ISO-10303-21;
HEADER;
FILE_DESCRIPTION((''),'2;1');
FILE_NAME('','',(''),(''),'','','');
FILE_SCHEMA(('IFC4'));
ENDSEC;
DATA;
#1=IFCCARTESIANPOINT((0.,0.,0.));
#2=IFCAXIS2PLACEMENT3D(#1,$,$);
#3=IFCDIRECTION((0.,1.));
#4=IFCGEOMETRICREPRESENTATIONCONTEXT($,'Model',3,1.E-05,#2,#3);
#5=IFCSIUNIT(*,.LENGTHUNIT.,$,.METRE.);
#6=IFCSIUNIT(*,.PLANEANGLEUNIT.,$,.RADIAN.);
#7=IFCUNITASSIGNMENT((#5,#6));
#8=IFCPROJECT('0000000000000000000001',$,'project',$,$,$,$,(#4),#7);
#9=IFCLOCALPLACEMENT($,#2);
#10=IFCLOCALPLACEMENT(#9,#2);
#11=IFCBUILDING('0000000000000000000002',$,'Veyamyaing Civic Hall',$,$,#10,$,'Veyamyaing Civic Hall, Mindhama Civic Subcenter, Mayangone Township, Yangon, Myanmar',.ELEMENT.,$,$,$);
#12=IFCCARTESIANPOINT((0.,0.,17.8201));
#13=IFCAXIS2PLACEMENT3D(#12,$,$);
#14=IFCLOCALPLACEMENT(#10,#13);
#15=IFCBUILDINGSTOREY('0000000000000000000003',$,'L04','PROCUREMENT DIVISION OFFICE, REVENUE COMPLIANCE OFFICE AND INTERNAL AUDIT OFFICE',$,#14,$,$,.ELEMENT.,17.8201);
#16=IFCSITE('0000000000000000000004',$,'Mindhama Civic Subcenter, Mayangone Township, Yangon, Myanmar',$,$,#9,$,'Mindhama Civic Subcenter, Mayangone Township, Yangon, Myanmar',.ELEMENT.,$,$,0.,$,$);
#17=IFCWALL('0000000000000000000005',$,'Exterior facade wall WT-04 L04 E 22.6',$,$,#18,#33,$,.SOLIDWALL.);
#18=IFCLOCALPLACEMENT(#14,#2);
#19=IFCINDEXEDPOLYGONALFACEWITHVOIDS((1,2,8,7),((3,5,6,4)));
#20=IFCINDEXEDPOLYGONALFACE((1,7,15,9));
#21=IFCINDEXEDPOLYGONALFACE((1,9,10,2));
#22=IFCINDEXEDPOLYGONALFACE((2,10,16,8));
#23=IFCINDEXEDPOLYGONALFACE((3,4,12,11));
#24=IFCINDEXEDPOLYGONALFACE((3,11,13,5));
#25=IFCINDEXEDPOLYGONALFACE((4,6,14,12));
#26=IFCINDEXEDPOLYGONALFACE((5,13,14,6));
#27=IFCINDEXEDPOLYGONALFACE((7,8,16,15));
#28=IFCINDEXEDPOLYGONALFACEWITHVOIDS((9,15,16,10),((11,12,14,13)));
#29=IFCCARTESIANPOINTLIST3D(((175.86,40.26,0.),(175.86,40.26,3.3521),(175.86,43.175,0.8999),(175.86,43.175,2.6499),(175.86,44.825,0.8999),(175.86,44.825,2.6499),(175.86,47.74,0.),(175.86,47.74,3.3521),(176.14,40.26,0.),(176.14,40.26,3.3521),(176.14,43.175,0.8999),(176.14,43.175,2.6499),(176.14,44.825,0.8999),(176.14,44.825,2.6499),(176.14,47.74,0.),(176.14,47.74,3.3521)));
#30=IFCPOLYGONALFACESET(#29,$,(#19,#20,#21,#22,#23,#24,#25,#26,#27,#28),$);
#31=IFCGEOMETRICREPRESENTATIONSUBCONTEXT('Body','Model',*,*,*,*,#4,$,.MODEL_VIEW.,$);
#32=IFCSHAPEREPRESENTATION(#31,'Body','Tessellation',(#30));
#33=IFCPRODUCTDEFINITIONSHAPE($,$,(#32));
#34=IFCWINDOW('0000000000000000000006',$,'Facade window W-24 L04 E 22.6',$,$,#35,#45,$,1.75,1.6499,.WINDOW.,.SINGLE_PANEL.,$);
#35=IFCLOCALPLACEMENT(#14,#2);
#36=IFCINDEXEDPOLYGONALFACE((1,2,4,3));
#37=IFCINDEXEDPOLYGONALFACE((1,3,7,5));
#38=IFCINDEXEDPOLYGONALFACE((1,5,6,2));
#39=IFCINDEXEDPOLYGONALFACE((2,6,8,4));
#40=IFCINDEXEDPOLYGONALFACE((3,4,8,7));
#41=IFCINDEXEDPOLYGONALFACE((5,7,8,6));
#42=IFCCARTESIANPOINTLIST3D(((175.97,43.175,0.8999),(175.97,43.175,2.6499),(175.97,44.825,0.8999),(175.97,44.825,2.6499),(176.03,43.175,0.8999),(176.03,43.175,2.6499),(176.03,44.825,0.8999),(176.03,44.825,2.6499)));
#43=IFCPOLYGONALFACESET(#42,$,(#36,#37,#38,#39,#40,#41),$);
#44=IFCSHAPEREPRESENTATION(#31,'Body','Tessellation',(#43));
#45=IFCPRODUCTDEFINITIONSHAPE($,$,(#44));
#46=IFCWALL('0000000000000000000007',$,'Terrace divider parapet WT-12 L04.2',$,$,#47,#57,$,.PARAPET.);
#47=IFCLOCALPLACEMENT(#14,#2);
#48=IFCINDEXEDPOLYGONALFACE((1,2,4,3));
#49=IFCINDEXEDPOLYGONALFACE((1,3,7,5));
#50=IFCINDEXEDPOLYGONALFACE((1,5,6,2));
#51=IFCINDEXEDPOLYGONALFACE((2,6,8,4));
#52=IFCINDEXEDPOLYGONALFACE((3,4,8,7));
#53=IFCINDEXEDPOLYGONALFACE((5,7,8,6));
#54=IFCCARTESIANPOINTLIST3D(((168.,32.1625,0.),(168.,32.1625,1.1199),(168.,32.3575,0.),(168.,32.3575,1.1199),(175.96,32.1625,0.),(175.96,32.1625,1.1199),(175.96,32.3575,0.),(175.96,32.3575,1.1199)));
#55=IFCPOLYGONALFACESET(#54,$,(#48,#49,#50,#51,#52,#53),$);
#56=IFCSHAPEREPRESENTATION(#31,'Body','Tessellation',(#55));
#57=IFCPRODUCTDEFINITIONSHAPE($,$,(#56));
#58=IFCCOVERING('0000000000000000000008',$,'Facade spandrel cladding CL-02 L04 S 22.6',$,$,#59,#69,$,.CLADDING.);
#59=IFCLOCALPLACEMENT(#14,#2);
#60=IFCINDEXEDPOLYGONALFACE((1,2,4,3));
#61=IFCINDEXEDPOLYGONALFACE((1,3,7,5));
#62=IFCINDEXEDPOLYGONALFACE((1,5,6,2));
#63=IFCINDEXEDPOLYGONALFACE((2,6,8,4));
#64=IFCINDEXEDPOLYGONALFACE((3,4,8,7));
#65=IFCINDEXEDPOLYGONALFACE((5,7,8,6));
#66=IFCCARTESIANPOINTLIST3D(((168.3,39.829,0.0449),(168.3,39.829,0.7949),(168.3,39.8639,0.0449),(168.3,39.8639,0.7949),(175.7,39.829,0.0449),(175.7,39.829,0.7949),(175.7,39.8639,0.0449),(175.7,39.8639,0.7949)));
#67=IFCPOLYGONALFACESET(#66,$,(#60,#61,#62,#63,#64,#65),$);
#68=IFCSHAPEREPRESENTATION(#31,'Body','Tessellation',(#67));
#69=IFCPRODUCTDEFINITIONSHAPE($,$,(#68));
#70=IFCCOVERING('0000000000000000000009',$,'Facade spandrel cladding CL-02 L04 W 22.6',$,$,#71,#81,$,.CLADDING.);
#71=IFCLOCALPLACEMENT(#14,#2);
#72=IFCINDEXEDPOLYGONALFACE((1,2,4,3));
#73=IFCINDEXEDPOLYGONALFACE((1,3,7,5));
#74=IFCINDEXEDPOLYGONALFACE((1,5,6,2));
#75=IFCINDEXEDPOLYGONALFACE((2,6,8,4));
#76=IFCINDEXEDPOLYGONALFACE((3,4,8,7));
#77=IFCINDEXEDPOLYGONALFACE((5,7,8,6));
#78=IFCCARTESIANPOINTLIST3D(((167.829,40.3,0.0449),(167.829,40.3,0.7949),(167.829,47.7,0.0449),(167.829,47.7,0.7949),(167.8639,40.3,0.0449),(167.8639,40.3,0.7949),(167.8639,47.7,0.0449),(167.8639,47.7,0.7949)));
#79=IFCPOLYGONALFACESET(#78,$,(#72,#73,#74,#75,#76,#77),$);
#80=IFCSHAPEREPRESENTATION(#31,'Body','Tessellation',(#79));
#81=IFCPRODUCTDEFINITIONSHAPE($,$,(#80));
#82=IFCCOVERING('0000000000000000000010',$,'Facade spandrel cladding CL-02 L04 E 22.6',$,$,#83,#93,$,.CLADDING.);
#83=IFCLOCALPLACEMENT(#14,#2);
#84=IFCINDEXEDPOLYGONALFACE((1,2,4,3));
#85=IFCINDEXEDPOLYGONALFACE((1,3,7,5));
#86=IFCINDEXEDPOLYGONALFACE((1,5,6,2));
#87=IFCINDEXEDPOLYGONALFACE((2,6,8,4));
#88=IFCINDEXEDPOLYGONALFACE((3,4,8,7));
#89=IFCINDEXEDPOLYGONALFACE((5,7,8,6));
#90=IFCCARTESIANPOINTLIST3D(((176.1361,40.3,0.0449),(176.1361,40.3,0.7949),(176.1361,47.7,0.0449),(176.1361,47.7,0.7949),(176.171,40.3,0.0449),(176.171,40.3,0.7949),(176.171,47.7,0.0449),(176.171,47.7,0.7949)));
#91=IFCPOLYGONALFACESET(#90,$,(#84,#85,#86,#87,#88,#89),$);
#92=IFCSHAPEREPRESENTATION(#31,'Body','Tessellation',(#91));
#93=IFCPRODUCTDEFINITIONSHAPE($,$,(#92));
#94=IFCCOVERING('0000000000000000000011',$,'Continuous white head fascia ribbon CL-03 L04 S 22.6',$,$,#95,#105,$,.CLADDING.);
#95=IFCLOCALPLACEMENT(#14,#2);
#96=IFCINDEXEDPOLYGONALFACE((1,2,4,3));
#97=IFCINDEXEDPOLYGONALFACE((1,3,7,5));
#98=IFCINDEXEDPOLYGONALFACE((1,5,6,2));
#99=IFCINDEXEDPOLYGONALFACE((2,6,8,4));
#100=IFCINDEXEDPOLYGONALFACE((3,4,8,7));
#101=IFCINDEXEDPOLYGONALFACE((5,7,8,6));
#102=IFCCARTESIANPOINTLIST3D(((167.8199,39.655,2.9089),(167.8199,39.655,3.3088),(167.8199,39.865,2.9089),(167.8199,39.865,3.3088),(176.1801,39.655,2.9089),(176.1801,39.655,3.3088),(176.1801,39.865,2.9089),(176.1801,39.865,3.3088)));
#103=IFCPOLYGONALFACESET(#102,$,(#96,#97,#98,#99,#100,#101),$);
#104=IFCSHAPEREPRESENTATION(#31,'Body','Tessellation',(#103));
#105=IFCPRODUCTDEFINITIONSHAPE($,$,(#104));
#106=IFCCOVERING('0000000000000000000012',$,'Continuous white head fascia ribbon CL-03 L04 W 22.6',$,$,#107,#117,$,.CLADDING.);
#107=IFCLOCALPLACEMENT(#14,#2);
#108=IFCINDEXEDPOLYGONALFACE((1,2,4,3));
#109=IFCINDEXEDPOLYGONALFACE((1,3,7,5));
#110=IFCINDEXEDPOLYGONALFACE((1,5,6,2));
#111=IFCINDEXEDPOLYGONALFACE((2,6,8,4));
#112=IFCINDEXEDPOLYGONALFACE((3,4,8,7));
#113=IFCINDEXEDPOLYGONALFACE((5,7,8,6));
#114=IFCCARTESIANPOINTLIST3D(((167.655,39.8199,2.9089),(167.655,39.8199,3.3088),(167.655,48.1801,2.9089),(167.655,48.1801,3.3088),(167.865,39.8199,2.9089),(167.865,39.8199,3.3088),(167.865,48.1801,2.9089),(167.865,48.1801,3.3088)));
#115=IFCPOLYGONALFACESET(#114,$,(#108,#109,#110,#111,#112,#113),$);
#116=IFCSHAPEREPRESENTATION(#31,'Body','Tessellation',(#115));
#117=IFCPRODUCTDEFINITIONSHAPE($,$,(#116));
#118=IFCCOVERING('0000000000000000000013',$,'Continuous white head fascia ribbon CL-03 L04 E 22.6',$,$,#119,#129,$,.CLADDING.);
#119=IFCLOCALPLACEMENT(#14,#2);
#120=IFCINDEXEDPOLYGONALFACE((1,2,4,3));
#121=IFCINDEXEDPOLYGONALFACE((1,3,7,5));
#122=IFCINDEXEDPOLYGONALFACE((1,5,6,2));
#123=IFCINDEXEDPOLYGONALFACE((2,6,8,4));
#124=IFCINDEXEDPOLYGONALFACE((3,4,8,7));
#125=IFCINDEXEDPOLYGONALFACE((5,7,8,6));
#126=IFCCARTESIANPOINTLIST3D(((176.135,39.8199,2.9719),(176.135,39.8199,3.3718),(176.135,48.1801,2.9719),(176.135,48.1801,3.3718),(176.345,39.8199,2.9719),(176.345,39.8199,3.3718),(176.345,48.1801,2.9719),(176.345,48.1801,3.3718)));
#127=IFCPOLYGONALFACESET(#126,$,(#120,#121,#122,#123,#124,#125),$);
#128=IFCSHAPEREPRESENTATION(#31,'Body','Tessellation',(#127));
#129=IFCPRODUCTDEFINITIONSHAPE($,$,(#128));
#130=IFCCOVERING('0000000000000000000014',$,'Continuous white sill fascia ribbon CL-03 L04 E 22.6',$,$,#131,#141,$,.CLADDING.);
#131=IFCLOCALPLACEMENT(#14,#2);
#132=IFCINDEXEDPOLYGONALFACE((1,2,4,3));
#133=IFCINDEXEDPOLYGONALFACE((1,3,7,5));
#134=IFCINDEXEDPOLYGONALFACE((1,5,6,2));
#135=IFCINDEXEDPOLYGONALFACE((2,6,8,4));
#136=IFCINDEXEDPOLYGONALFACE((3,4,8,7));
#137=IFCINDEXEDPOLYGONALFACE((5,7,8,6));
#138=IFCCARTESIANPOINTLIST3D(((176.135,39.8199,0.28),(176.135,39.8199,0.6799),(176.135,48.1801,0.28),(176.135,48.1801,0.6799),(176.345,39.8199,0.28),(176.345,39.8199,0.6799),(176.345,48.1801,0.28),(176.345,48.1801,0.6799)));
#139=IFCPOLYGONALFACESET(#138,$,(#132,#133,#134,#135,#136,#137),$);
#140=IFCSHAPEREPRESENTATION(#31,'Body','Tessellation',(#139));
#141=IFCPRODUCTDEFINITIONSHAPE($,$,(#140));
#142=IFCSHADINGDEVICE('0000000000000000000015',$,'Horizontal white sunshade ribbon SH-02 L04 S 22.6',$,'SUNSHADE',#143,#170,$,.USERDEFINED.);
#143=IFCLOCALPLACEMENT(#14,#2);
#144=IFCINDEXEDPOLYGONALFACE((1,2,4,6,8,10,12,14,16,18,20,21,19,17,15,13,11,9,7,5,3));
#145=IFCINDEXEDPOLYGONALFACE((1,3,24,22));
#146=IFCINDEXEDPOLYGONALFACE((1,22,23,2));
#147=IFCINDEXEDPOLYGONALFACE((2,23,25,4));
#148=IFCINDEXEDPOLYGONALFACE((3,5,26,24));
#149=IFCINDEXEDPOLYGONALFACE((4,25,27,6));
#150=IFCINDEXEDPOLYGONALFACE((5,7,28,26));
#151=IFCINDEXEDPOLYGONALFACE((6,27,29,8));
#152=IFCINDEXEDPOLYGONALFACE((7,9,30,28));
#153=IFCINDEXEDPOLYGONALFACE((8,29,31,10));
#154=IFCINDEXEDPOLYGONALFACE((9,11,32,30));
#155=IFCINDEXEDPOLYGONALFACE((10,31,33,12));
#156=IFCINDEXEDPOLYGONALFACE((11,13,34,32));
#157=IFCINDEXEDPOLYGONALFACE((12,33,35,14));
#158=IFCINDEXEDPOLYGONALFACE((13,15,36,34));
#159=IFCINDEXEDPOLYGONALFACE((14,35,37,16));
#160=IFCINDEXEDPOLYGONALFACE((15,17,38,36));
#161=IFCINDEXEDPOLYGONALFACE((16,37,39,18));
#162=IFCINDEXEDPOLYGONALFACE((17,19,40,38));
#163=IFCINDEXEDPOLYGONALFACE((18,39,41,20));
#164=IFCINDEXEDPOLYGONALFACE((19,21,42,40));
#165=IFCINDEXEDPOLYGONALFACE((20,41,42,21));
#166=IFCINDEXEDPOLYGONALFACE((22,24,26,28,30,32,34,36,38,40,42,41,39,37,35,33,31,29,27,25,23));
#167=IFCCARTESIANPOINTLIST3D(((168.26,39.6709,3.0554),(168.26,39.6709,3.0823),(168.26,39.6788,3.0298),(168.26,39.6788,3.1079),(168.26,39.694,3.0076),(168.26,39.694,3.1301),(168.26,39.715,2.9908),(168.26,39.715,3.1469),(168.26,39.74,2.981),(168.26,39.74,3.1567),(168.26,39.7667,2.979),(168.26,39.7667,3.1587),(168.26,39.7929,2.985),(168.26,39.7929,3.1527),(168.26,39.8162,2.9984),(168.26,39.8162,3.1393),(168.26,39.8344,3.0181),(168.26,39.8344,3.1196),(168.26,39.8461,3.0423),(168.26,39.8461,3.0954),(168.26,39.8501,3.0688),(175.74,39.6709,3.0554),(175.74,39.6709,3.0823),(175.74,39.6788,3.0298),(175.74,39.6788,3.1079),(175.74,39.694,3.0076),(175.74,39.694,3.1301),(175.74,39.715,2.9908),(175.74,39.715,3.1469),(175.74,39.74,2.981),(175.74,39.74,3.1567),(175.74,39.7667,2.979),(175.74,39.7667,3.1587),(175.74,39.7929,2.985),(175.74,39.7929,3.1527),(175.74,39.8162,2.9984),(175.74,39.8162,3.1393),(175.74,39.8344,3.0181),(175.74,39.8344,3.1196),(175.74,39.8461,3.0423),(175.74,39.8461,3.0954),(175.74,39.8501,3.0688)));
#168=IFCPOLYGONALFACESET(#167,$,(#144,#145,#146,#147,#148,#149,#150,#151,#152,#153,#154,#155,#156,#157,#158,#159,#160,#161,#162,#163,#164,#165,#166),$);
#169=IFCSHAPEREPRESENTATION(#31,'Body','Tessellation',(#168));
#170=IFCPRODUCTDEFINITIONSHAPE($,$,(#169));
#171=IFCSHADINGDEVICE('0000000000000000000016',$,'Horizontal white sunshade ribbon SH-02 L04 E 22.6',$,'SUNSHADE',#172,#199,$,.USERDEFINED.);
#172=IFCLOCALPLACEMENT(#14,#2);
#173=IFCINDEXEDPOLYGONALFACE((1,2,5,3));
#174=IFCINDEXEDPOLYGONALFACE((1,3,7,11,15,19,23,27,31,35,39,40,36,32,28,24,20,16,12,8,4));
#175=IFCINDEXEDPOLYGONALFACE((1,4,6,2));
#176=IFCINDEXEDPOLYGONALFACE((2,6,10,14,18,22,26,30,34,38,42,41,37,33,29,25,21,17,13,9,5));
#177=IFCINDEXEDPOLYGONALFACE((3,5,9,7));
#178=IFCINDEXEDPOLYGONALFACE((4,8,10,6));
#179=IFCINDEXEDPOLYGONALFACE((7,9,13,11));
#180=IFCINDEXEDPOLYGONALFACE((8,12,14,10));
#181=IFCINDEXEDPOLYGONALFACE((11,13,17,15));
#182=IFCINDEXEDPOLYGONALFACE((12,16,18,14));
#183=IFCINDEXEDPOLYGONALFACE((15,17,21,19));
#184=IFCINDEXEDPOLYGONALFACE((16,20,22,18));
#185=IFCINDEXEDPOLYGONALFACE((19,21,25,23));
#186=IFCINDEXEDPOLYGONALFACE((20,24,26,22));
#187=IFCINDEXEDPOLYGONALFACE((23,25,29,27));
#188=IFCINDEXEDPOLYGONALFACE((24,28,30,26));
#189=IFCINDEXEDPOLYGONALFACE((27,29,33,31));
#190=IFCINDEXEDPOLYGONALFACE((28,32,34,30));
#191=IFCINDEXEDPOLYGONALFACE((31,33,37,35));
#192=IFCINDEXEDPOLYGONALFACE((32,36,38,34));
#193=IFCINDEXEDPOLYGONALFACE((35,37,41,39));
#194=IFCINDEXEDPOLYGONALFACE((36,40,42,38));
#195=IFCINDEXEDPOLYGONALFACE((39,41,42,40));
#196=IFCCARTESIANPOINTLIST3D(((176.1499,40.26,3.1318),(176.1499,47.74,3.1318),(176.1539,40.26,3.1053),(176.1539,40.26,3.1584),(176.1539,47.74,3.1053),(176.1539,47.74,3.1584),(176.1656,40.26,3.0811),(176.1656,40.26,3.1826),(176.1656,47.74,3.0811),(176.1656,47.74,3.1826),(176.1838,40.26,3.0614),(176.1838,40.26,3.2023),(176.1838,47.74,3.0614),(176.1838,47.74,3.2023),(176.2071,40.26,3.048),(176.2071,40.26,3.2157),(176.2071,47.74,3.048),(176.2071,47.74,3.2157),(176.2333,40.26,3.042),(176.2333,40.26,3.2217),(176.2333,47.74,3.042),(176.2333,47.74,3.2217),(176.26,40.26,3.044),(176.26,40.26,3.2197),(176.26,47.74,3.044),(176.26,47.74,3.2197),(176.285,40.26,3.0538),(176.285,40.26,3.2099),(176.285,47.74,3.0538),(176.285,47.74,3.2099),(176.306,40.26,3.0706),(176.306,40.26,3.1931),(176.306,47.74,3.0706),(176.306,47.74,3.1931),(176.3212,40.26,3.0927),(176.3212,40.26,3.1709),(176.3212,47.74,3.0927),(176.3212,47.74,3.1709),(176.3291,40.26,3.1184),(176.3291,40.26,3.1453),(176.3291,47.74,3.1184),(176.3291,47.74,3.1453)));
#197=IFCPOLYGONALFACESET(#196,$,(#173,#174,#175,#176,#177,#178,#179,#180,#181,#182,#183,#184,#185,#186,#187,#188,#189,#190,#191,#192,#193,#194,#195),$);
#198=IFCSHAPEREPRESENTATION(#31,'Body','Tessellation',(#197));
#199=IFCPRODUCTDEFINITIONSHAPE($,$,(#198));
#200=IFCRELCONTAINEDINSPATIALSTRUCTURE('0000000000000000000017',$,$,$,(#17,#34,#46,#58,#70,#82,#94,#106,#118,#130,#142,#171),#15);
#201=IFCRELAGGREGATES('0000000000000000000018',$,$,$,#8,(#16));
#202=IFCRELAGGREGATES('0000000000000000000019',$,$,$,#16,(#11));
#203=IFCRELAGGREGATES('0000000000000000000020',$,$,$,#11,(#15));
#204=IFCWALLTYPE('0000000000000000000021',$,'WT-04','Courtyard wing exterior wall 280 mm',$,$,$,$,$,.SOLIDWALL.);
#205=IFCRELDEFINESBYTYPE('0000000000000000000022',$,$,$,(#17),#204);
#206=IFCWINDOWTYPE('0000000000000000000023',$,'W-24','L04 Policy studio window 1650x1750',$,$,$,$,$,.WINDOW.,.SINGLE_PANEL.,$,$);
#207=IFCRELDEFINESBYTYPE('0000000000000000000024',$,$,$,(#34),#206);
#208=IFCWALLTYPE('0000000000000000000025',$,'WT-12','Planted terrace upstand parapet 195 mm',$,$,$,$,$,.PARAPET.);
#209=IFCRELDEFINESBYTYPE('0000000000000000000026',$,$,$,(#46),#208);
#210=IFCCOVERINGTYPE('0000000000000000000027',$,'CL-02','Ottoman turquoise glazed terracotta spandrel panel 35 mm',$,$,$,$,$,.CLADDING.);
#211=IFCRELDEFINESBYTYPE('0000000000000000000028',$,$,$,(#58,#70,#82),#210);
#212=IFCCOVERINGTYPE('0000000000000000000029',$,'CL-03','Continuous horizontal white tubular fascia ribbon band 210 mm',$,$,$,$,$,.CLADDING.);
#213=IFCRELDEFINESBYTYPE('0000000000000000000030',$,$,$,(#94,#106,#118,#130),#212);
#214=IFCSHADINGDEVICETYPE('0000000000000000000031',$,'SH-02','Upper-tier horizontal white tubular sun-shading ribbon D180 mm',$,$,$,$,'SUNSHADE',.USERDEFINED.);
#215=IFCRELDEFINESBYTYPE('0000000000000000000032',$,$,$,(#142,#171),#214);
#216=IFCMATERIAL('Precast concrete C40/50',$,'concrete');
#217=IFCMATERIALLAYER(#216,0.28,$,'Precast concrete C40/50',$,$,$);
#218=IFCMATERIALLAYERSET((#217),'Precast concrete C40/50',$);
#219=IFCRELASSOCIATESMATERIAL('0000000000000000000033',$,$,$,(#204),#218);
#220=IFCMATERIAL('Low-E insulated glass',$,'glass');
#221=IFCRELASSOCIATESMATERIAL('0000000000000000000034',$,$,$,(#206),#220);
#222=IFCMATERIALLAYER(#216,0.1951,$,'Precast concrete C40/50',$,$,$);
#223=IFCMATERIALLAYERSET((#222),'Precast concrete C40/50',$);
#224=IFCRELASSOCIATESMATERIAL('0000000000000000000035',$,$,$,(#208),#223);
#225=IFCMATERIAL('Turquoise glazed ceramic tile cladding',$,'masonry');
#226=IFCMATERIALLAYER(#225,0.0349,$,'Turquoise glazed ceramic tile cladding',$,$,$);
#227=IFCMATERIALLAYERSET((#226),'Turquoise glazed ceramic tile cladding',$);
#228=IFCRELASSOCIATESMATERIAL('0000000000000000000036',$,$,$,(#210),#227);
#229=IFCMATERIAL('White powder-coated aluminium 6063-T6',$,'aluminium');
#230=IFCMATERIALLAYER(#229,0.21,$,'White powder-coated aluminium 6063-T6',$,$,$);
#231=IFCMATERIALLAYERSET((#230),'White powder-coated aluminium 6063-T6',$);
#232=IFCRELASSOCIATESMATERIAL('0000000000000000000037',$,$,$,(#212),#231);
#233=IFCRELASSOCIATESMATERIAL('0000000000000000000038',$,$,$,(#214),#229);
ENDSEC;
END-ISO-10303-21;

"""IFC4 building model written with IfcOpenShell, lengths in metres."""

from ifc_helpers import new_model, si_unit, direction, frame, frame_2d, origin, origin_2d, place, context, subcontext, project, spatial, rectangle, circle, extrude, material, layer, layer_set, material_profile, profile_set, type_object, element, fill, save


model = new_model("IFC4")

# Units and contexts
model_context = context("Model", 3, precision=1e-05, world=origin(), true_north=direction((0.0, 1.0)))
body_context = subcontext(model_context, "Body", "Model", "MODEL_VIEW")
ifc_project = project(units=[si_unit("LENGTHUNIT", "METRE"), si_unit("PLANEANGLEUNIT", "RADIAN")], contexts=[model_context])

# Site, building, storey
site_placement = place(None, origin())
site = spatial("IfcSite", under=ifc_project, at=site_placement, Name="Mindhama Civic Subcenter, Mayangone Township, Yangon, Myanmar", LongName="Mindhama Civic Subcenter, Mayangone Township, Yangon, Myanmar", CompositionType="ELEMENT", RefElevation=0.0)
building_placement = place(site_placement, origin())
building = spatial("IfcBuilding", under=site, at=building_placement, Name="Veyamyaing Civic Hall", LongName="Veyamyaing Civic Hall, Mindhama Civic Subcenter, Mayangone Township, Yangon, Myanmar", CompositionType="ELEMENT")
storey_placement = place(building_placement, frame((0.0, 0.0, 17.8201)))
storey = spatial("IfcBuildingStorey", under=building, at=storey_placement, Name="L04", Description="PROCUREMENT DIVISION OFFICE, REVENUE COMPLIANCE OFFICE AND INTERNAL AUDIT OFFICE", CompositionType="ELEMENT", Elevation=17.8201)

# Shared definitions
ifc_material_1 = material(Name="Precast concrete C40/50", Category="concrete")
ifc_layer_1 = layer(ifc_material_1, 0.28, Name="Precast concrete C40/50")
ifc_layer_set_1 = layer_set([ifc_layer_1], Name="Precast concrete C40/50")
wall_type_1 = type_object("IfcWallType", Name="WT-04", Description="Courtyard wing exterior wall 280 mm", PredefinedType="SOLIDWALL", material=ifc_layer_set_1)

# Wall, opening, window
wall_1_placement = place(storey_placement, frame((176.0, 40.26, 0.0), z_axis=(0.0, 0.0, 1.0), x_axis=(0.0, 1.0, 0.0)))
wall_1 = element("IfcWall", 1, at=wall_1_placement, inside=storey, type_object=wall_type_1, Name="Exterior facade wall WT-04 L04 E 22.6", PredefinedType="SOLIDWALL", context=body_context, shape_type="SweptSolid", body=[
    extrude(rectangle(XDim=7.48, YDim=0.28, at=frame_2d((3.74, 0.0))), origin(), (0.0, 0.0, 1.0), 3.3521),
])
opening_1_placement = place(wall_1_placement, frame((2.915, 0.0, 0.8999)))
opening_1 = element("IfcOpeningElement", 2, at=opening_1_placement, cuts=wall_1, PredefinedType="OPENING", context=body_context, shape_type="SweptSolid", body=[
    extrude(rectangle(XDim=1.6499, YDim=1.75, at=frame_2d((0.825, 0.875))), frame((0.0, 0.1499, 0.0), z_axis=(0.0, -1.0, 0.0), x_axis=(1.0, 0.0, 0.0)), (0.0, 0.0, 1.0), 0.3),
])
ifc_material_2 = material(Name="Low-E insulated glass", Category="glass")
window_type = type_object("IfcWindowType", Name="W-24", Description="L04 Policy studio window 1650x1750", PartitioningType="SINGLE_PANEL", PredefinedType="WINDOW", material=ifc_material_2)
window_placement = place(opening_1_placement, origin())
window = element("IfcWindow", 3, at=window_placement, inside=storey, type_object=window_type, Name="Facade window W-24 L04 E 22.6", OverallHeight=1.75, OverallWidth=1.6499, PartitioningType="SINGLE_PANEL", PredefinedType="WINDOW", context=body_context, shape_type="SweptSolid", body=[
    extrude(rectangle(XDim=1.6499, YDim=1.75, at=frame_2d((0.825, 0.875))), frame((0.0, 0.03, 0.0), z_axis=(0.0, -1.0, 0.0), x_axis=(1.0, 0.0, 0.0)), (0.0, 0.0, 1.0), 0.0601),
])
fill(opening_1, window)

# Wall
ifc_layer_2 = layer(ifc_material_1, 0.1951, Name="Precast concrete C40/50")
ifc_layer_set_2 = layer_set([ifc_layer_2], Name="Precast concrete C40/50")
wall_type_2 = type_object("IfcWallType", Name="WT-12", Description="Planted terrace upstand parapet 195 mm", PredefinedType="PARAPET", material=ifc_layer_set_2)
wall_2_placement = place(storey_placement, frame((168.0, 32.26, 0.0), z_axis=(0.0, 0.0, 1.0), x_axis=(1.0, 0.0, 0.0)))
element("IfcWall", 4, at=wall_2_placement, inside=storey, type_object=wall_type_2, Name="Terrace divider parapet WT-12 L04.2", PredefinedType="PARAPET", context=body_context, shape_type="SweptSolid", body=[
    extrude(rectangle(XDim=7.96, YDim=0.1951, at=frame_2d((3.98, 0.0))), origin(), (0.0, 0.0, 1.0), 1.1199),
])

# Coverings
ifc_material_3 = material(Name="Turquoise glazed ceramic tile cladding", Category="masonry")
ifc_layer_3 = layer(ifc_material_3, 0.0349, Name="Turquoise glazed ceramic tile cladding")
ifc_layer_set_3 = layer_set([ifc_layer_3], Name="Turquoise glazed ceramic tile cladding")
covering_type_1 = type_object("IfcCoveringType", Name="CL-02", Description="Ottoman turquoise glazed terracotta spandrel panel 35 mm", PredefinedType="CLADDING", material=ifc_layer_set_3)
for number, where, z_axis, x_axis, name in (
    (5, (172.0, 39.8464, 0.0449), (0.0, 0.0, 1.0), (1.0, 0.0, 0.0), "Facade spandrel cladding CL-02 L04 S 22.6"),
    (6, (167.8464, 44.0, 0.0449), (0.0, 0.0, 1.0), (0.0, 1.0, 0.0), "Facade spandrel cladding CL-02 L04 W 22.6"),
    (7, (176.1536, 44.0, 0.0449), (0.0, 0.0, 1.0), (0.0, 1.0, 0.0), "Facade spandrel cladding CL-02 L04 E 22.6"),
):
    element("IfcCovering", number, at=place(storey_placement, frame(where, z_axis=z_axis, x_axis=x_axis)), inside=storey, type_object=covering_type_1, Name=name, PredefinedType="CLADDING", context=body_context, shape_type="SweptSolid", body=[
        extrude(rectangle(XDim=7.3999, YDim=0.0349, at=origin_2d()), origin(), (0.0, 0.0, 1.0), 0.75),
    ])
ifc_material_4 = material(Name="White powder-coated aluminium 6063-T6", Category="aluminium")
ifc_layer_4 = layer(ifc_material_4, 0.21, Name="White powder-coated aluminium 6063-T6")
ifc_layer_set_4 = layer_set([ifc_layer_4], Name="White powder-coated aluminium 6063-T6")
covering_type_2 = type_object("IfcCoveringType", Name="CL-03", Description="Continuous horizontal white tubular fascia ribbon band 210 mm", PredefinedType="CLADDING", material=ifc_layer_set_4)
for number, where, z_axis, x_axis, name in (
    (8, (172.0, 39.76, 2.9089), (0.0, 0.0, 1.0), (1.0, 0.0, 0.0), "Continuous white head fascia ribbon CL-03 L04 S 22.6"),
    (9, (167.76, 44.0, 2.9089), (0.0, 0.0, 1.0), (0.0, 1.0, 0.0), "Continuous white head fascia ribbon CL-03 L04 W 22.6"),
    (10, (176.24, 44.0, 2.9719), (0.0, 0.0, 1.0), (0.0, 1.0, 0.0), "Continuous white head fascia ribbon CL-03 L04 E 22.6"),
    (11, (176.24, 44.0, 0.28), (0.0, 0.0, 1.0), (0.0, 1.0, 0.0), "Continuous white sill fascia ribbon CL-03 L04 E 22.6"),
):
    element("IfcCovering", number, at=place(storey_placement, frame(where, z_axis=z_axis, x_axis=x_axis)), inside=storey, type_object=covering_type_2, Name=name, PredefinedType="CLADDING", context=body_context, shape_type="SweptSolid", body=[
        extrude(rectangle(XDim=8.3601, YDim=0.21, at=origin_2d()), origin(), (0.0, 0.0, 1.0), 0.3999),
    ])

# Shading devices
ifc_material_profile_1 = material_profile(ifc_material_4, circle(Radius=0.0901, at=origin_2d()), Name="SHADE-TUBE-180")
ifc_profile_set_1 = profile_set([ifc_material_profile_1], Name="White powder-coated aluminium 6063-T6")
shading_device_type = type_object("IfcShadingDeviceType", Name="SH-02", Description="Upper-tier horizontal white tubular sun-shading ribbon D180 mm", ElementType="SUNSHADE", PredefinedType="USERDEFINED", material=ifc_profile_set_1)
for number, where, z_axis, x_axis, name in (
    (12, (168.26, 39.76, 3.0688), (1.0, 0.0, 0.0), (0.0, 1.0, 0.0), "Horizontal white sunshade ribbon SH-02 L04 S 22.6"),
    (13, (176.24, 40.26, 3.1318), (0.0, 1.0, 0.0), (-1.0, 0.0, 0.0), "Horizontal white sunshade ribbon SH-02 L04 E 22.6"),
):
    element("IfcShadingDevice", number, at=place(storey_placement, frame(where, z_axis=z_axis, x_axis=x_axis)), inside=storey, type_object=shading_device_type, Name=name, ObjectType="SUNSHADE", PredefinedType="USERDEFINED", context=body_context, shape_type="SweptSolid", body=[
        extrude(circle(Radius=0.0901, at=origin_2d()), origin(), (0.0, 0.0, 1.0), 7.48),
    ])

save(model, "model.ifc")
